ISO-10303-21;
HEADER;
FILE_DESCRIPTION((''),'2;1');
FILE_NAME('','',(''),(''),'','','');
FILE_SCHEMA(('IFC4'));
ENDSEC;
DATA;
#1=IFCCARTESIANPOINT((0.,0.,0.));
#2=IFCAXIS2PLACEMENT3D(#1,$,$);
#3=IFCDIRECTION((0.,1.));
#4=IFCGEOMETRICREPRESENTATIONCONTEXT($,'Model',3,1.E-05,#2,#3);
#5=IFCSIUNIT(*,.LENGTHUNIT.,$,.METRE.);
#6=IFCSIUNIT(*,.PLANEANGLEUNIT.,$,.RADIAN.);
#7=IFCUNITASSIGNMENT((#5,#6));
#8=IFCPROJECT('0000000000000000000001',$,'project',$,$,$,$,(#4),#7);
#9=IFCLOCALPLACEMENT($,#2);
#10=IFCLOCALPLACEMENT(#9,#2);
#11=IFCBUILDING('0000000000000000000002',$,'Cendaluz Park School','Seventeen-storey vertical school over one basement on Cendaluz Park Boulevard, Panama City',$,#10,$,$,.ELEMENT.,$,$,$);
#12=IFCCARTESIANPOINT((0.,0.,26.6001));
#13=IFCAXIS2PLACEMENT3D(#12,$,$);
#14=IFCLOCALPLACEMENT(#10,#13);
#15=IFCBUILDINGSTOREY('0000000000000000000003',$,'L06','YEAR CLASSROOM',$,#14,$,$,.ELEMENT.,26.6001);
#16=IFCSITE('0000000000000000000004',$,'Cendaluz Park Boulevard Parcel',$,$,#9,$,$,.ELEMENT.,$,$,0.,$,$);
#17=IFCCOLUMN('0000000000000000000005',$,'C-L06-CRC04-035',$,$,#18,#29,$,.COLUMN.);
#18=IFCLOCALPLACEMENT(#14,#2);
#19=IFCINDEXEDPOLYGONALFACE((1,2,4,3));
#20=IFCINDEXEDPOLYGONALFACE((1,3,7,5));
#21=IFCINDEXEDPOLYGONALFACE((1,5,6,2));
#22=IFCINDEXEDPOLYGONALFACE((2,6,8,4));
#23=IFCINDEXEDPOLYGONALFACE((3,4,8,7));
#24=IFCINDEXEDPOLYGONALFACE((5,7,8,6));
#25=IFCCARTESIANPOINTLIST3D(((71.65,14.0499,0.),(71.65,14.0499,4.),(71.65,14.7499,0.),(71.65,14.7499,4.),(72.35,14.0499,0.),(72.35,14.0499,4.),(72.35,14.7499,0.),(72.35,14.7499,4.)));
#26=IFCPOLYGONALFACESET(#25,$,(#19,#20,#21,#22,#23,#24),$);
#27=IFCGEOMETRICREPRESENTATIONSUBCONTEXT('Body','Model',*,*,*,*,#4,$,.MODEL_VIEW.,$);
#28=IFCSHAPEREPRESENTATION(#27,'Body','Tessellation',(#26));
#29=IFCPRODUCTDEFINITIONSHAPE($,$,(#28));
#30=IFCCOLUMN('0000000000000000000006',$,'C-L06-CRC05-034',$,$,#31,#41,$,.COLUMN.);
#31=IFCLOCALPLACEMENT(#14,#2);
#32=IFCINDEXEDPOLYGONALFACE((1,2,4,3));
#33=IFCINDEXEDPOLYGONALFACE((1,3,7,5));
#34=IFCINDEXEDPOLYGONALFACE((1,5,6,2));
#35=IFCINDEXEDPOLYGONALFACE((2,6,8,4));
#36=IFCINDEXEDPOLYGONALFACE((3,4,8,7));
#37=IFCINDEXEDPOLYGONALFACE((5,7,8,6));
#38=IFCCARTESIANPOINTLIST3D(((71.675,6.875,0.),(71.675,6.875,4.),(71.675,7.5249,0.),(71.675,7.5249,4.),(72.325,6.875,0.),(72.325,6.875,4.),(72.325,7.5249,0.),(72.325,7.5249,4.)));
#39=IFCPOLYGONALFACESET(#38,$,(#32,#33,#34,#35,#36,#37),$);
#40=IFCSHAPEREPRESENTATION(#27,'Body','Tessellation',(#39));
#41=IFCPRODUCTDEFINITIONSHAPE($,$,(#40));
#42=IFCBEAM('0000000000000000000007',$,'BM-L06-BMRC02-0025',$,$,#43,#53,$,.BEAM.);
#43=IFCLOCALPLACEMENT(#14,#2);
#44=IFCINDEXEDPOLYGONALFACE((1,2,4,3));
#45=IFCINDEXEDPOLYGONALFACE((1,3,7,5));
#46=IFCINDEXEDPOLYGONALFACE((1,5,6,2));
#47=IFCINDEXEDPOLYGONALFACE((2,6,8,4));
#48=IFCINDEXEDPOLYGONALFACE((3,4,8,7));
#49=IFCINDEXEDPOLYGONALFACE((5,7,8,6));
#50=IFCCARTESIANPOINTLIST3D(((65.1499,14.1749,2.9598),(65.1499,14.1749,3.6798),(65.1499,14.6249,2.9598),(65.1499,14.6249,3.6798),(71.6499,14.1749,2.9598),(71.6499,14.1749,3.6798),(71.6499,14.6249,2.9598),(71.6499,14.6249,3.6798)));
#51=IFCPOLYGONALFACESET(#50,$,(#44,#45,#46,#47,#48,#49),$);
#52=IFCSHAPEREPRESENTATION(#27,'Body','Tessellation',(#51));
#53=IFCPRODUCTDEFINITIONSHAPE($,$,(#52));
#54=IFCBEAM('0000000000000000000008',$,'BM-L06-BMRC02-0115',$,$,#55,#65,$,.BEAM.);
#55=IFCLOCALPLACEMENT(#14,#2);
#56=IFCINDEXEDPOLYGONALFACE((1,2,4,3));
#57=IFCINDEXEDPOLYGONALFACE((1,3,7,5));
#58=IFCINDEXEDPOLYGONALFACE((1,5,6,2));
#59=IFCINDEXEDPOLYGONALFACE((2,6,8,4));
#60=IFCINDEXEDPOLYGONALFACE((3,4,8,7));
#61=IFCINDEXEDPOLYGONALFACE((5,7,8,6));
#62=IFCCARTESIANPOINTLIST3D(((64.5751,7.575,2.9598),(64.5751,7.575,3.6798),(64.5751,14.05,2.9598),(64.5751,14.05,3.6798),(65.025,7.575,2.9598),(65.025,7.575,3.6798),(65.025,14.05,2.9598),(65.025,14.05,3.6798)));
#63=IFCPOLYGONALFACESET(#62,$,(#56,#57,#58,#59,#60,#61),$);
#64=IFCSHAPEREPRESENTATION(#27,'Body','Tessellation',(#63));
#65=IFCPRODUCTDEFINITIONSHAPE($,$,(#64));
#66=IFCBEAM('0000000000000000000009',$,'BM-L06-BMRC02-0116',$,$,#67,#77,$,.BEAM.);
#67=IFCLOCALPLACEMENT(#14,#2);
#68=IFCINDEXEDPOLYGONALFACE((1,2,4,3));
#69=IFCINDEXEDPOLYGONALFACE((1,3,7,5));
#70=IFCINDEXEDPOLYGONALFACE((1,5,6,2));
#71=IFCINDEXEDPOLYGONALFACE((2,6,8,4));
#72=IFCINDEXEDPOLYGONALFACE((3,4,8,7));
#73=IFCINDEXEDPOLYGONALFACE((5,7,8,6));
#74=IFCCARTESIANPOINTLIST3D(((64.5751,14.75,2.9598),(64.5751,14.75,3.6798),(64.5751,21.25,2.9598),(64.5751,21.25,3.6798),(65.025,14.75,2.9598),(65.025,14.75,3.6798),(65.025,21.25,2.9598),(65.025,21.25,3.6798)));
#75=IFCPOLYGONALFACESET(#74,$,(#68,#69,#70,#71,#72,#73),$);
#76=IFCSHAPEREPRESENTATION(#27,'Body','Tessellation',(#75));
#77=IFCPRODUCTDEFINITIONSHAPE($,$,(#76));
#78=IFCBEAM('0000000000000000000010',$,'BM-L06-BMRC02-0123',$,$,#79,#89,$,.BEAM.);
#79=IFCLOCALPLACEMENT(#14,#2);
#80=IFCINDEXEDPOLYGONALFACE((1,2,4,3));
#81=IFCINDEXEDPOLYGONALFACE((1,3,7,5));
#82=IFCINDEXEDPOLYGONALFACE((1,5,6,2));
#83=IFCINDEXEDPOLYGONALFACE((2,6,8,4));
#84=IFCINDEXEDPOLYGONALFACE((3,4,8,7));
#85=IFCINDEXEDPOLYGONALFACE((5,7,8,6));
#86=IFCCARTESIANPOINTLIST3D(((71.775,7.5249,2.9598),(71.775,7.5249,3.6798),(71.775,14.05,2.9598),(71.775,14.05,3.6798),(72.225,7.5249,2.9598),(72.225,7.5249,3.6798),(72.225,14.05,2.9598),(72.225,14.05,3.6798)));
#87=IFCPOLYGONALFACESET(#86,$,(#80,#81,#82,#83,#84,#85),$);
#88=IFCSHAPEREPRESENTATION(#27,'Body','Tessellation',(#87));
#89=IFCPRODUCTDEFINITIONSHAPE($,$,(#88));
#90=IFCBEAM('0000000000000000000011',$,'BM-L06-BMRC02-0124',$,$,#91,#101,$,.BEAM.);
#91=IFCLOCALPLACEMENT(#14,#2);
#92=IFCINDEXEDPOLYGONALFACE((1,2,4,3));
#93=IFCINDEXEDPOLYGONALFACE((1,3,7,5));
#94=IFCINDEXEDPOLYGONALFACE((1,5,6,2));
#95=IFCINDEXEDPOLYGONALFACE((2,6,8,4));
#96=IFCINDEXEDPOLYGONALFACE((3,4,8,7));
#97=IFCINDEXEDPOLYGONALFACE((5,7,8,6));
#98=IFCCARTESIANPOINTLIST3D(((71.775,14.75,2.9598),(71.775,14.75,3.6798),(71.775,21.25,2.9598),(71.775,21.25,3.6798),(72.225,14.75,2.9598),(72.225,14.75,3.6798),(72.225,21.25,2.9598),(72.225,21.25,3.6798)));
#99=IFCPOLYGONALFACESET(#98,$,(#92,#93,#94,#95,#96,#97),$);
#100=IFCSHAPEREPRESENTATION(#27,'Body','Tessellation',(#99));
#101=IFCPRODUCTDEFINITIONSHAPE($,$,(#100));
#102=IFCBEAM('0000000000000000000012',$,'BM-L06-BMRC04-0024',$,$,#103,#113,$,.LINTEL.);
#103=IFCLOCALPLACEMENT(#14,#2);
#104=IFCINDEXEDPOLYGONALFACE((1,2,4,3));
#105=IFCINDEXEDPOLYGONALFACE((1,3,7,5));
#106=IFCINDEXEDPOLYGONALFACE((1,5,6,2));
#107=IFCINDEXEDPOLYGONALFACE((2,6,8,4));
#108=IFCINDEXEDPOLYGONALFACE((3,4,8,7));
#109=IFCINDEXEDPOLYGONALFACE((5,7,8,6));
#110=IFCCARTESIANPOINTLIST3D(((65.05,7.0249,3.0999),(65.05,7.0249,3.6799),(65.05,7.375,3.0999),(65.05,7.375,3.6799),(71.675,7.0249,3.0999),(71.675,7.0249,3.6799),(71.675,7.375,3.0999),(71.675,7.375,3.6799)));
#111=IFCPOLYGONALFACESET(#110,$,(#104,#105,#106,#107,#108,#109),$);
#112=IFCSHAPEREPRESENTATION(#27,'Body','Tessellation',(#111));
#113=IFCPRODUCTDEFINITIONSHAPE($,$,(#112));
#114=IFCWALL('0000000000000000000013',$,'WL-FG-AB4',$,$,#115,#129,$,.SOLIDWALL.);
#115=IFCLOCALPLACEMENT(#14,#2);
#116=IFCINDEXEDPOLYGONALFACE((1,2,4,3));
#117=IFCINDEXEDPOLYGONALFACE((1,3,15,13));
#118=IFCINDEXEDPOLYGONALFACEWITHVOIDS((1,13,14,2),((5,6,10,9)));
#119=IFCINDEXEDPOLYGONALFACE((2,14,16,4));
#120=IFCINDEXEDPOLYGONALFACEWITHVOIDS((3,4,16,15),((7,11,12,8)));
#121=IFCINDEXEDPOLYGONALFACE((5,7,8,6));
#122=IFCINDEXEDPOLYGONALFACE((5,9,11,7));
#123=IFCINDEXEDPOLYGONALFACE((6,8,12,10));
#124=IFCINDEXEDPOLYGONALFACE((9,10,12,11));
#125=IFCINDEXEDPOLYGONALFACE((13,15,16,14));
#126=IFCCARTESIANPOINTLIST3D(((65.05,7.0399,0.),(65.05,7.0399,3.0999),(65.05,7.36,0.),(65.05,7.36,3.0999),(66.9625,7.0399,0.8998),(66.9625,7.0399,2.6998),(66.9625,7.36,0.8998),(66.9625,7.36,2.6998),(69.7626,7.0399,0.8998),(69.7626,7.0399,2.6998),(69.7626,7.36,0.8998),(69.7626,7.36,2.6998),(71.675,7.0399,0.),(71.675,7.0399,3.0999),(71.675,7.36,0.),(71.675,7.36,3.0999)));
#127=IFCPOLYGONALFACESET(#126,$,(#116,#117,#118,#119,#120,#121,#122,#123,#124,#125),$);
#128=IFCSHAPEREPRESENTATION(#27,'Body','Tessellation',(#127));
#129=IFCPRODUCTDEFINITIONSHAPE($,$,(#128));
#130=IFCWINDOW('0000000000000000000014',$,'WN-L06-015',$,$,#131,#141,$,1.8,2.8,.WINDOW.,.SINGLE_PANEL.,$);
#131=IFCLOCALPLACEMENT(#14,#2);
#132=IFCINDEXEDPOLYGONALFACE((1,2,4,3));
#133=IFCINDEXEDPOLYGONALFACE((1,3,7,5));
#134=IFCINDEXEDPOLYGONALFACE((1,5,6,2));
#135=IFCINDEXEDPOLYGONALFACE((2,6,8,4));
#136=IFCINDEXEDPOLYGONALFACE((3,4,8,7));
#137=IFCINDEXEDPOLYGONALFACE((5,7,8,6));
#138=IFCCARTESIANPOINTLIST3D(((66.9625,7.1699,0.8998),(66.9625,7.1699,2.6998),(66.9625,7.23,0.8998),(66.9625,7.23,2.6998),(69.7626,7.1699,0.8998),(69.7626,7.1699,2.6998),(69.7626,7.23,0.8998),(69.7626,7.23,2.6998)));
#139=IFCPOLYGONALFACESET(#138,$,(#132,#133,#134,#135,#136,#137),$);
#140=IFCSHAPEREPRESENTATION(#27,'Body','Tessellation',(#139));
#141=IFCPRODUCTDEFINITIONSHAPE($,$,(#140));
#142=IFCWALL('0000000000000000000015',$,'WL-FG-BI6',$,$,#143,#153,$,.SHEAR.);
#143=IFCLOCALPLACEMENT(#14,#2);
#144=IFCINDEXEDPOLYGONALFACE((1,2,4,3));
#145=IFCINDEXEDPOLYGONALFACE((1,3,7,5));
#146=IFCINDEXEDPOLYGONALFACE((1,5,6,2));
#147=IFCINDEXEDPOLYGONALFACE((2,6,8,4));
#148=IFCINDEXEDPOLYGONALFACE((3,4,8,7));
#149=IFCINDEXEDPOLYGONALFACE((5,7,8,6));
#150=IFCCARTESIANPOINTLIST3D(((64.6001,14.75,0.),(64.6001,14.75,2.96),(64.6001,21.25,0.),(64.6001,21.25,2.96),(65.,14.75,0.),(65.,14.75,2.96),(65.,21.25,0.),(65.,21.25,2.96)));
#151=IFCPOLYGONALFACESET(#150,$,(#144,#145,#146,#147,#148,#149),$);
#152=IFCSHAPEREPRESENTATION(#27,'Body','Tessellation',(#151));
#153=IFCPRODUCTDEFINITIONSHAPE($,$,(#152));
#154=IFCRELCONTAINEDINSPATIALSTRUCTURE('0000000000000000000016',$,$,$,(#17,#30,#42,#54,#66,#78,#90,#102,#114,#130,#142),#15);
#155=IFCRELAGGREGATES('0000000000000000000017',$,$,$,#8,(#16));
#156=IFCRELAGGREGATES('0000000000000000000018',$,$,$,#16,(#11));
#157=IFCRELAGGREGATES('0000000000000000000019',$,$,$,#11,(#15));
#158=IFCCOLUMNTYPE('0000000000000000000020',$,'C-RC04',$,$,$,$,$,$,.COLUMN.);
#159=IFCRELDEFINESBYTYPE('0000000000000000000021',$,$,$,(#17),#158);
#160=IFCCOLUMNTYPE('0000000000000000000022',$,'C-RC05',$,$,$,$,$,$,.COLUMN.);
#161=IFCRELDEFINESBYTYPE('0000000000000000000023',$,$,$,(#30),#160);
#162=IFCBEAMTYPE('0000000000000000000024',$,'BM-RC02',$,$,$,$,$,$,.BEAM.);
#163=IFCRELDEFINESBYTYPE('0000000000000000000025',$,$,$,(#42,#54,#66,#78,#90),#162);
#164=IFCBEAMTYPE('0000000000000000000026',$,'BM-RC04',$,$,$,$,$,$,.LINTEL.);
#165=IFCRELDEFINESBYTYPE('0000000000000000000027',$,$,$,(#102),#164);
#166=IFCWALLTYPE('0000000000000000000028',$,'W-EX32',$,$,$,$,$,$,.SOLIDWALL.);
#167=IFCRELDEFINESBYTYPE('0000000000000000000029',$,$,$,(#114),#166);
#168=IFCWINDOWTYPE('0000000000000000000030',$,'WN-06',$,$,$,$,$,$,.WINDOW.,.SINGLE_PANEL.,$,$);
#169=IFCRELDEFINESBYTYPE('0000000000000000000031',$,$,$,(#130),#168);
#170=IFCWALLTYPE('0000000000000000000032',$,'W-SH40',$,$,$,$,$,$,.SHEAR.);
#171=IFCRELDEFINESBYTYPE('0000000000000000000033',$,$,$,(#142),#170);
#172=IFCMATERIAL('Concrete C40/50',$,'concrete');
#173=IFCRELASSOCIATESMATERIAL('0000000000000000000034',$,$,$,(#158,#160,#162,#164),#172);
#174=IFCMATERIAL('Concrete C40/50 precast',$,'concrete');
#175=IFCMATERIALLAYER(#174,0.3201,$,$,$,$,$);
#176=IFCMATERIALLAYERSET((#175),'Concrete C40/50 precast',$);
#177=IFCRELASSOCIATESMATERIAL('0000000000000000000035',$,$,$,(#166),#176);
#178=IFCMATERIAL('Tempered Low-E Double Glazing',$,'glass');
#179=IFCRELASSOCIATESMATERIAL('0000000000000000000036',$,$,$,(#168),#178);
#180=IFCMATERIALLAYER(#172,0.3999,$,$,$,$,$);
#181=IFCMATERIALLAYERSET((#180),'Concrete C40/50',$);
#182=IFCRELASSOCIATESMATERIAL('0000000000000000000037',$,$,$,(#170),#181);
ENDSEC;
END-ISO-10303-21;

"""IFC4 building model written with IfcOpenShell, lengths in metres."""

from ifc_helpers import new_model, si_unit, direction, frame, frame_2d, origin, origin_2d, place, context, subcontext, project, spatial, rectangle, extrude, material, layer, layer_set, material_profile, profile_set, type_object, element, fill, save


model = new_model("IFC4")

# Units and contexts
model_context = context("Model", 3, precision=1e-05, world=origin(), true_north=direction((0.0, 1.0)))
body_context = subcontext(model_context, "Body", "Model", "MODEL_VIEW")
ifc_project = project(units=[si_unit("LENGTHUNIT", "METRE"), si_unit("PLANEANGLEUNIT", "RADIAN")], contexts=[model_context])

# Site, building, storey
site_placement = place(None, origin())
site = spatial("IfcSite", under=ifc_project, at=site_placement, Name="Cendaluz Park Boulevard Parcel", CompositionType="ELEMENT", RefElevation=0.0)
building_placement = place(site_placement, origin())
building = spatial("IfcBuilding", under=site, at=building_placement, Name="Cendaluz Park School", Description="Seventeen-storey vertical school over one basement on Cendaluz Park Boulevard, Panama City", CompositionType="ELEMENT")
storey_placement = place(building_placement, frame((0.0, 0.0, 26.6001)))
storey = spatial("IfcBuildingStorey", under=building, at=storey_placement, Name="L06", Description="YEAR CLASSROOM", CompositionType="ELEMENT", Elevation=26.6001)

# Columns
ifc_material_1 = material(Name="Concrete C40/50", Category="concrete")
ifc_material_profile_1 = material_profile(ifc_material_1, rectangle(XDim=0.7, YDim=0.7, at=origin_2d()), Name="RC 700x700", Category="concrete")
ifc_profile_set_1 = profile_set([ifc_material_profile_1], Name="Concrete C40/50")
column_type_1 = type_object("IfcColumnType", Name="C-RC04", PredefinedType="COLUMN", material=ifc_profile_set_1)
column_1_placement = place(storey_placement, frame((72.0, 14.3999, 0.0), z_axis=(0.0, 0.0, 1.0), x_axis=(1.0, 0.0, 0.0)))
element("IfcColumn", 1, at=column_1_placement, inside=storey, type_object=column_type_1, Name="C-L06-CRC04-035", PredefinedType="COLUMN", context=body_context, shape_type="SweptSolid", body=[
    extrude(rectangle(XDim=0.7, YDim=0.7, at=origin_2d()), origin(), (0.0, 0.0, 1.0), 4.0),
])
ifc_material_profile_2 = material_profile(ifc_material_1, rectangle(XDim=0.6499, YDim=0.6499, at=origin_2d()), Name="RC 650x650", Category="concrete")
ifc_profile_set_2 = profile_set([ifc_material_profile_2], Name="Concrete C40/50")
column_type_2 = type_object("IfcColumnType", Name="C-RC05", PredefinedType="COLUMN", material=ifc_profile_set_2)
column_2_placement = place(storey_placement, frame((72.0, 7.2, 0.0), z_axis=(0.0, 0.0, 1.0), x_axis=(1.0, 0.0, 0.0)))
element("IfcColumn", 2, at=column_2_placement, inside=storey, type_object=column_type_2, Name="C-L06-CRC05-034", PredefinedType="COLUMN", context=body_context, shape_type="SweptSolid", body=[
    extrude(rectangle(XDim=0.6499, YDim=0.6499, at=origin_2d()), origin(), (0.0, 0.0, 1.0), 4.0),
])

# Beams
ifc_material_profile_3 = material_profile(ifc_material_1, rectangle(XDim=0.45, YDim=0.72, at=origin_2d()), Name="RC 450x720", Category="concrete")
ifc_profile_set_3 = profile_set([ifc_material_profile_3], Name="Concrete C40/50")
beam_type_1 = type_object("IfcBeamType", Name="BM-RC02", PredefinedType="BEAM", material=ifc_profile_set_3)
beam_1_placement = place(storey_placement, frame((65.1499, 14.3999, 3.3198), z_axis=(1.0, 0.0, 0.0), x_axis=(0.0, 1.0, 0.0)))
element("IfcBeam", 3, at=beam_1_placement, inside=storey, type_object=beam_type_1, Name="BM-L06-BMRC02-0025", PredefinedType="BEAM", context=body_context, shape_type="SweptSolid", body=[
    extrude(rectangle(XDim=0.45, YDim=0.72, at=origin_2d()), origin(), (0.0, 0.0, 1.0), 6.5),
])
beam_2_placement = place(storey_placement, frame((64.8, 7.575, 3.3198), z_axis=(0.0, 1.0, 0.0), x_axis=(-1.0, 0.0, 0.0)))
element("IfcBeam", 4, at=beam_2_placement, inside=storey, type_object=beam_type_1, Name="BM-L06-BMRC02-0115", PredefinedType="BEAM", context=body_context, shape_type="SweptSolid", body=[
    extrude(rectangle(XDim=0.45, YDim=0.72, at=origin_2d()), origin(), (0.0, 0.0, 1.0), 6.4751),
])
beam_3_placement = place(storey_placement, frame((64.8, 14.75, 3.3198), z_axis=(0.0, 1.0, 0.0), x_axis=(-1.0, 0.0, 0.0)))
element("IfcBeam", 5, at=beam_3_placement, inside=storey, type_object=beam_type_1, Name="BM-L06-BMRC02-0116", PredefinedType="BEAM", context=body_context, shape_type="SweptSolid", body=[
    extrude(rectangle(XDim=0.45, YDim=0.72, at=origin_2d()), origin(), (0.0, 0.0, 1.0), 6.5),
])
beam_4_placement = place(storey_placement, frame((72.0, 7.5249, 3.3198), z_axis=(0.0, 1.0, 0.0), x_axis=(-1.0, 0.0, 0.0)))
element("IfcBeam", 6, at=beam_4_placement, inside=storey, type_object=beam_type_1, Name="BM-L06-BMRC02-0123", PredefinedType="BEAM", context=body_context, shape_type="SweptSolid", body=[
    extrude(rectangle(XDim=0.45, YDim=0.72, at=origin_2d()), origin(), (0.0, 0.0, 1.0), 6.5251),
])
beam_5_placement = place(storey_placement, frame((72.0, 14.75, 3.3198), z_axis=(0.0, 1.0, 0.0), x_axis=(-1.0, 0.0, 0.0)))
element("IfcBeam", 7, at=beam_5_placement, inside=storey, type_object=beam_type_1, Name="BM-L06-BMRC02-0124", PredefinedType="BEAM", context=body_context, shape_type="SweptSolid", body=[
    extrude(rectangle(XDim=0.45, YDim=0.72, at=origin_2d()), origin(), (0.0, 0.0, 1.0), 6.5),
])
ifc_material_profile_4 = material_profile(ifc_material_1, rectangle(XDim=0.3501, YDim=0.5801, at=origin_2d()), Name="RC 350x580", Category="concrete")
ifc_profile_set_4 = profile_set([ifc_material_profile_4], Name="Concrete C40/50")
beam_type_2 = type_object("IfcBeamType", Name="BM-RC04", PredefinedType="LINTEL", material=ifc_profile_set_4)
beam_6_placement = place(storey_placement, frame((65.05, 7.2, 3.3899), z_axis=(1.0, 0.0, 0.0), x_axis=(0.0, 1.0, 0.0)))
element("IfcBeam", 8, at=beam_6_placement, inside=storey, type_object=beam_type_2, Name="BM-L06-BMRC04-0024", PredefinedType="LINTEL", context=body_context, shape_type="SweptSolid", body=[
    extrude(rectangle(XDim=0.3501, YDim=0.5801, at=origin_2d()), origin(), (0.0, 0.0, 1.0), 6.625),
])

# Wall, opening, window
ifc_material_2 = material(Name="Concrete C40/50 precast", Category="concrete")
ifc_layer_1 = layer(ifc_material_2, 0.3201)
ifc_layer_set_1 = layer_set([ifc_layer_1], Name="Concrete C40/50 precast")
wall_type_1 = type_object("IfcWallType", Name="W-EX32", PredefinedType="SOLIDWALL", material=ifc_layer_set_1)
wall_1_placement = place(storey_placement, frame((65.05, 7.2, 0.0), z_axis=(0.0, 0.0, 1.0), x_axis=(1.0, 0.0, 0.0)))
wall_1 = element("IfcWall", 9, at=wall_1_placement, inside=storey, type_object=wall_type_1, Name="WL-FG-AB4", PredefinedType="SOLIDWALL", context=body_context, shape_type="SweptSolid", body=[
    extrude(rectangle(XDim=6.625, YDim=0.3201, at=frame_2d((3.3125, 0.0))), origin(), (0.0, 0.0, 1.0), 3.0999),
])
opening_1_placement = place(wall_1_placement, frame((1.9126, 0.0, 0.8999)))
opening_1 = element("IfcOpeningElement", 10, at=opening_1_placement, cuts=wall_1, PredefinedType="OPENING", context=body_context, shape_type="SweptSolid", body=[
    extrude(rectangle(XDim=2.8, YDim=1.8, at=frame_2d((1.3999, 0.8999))), frame((0.0, 0.1721, 0.0), z_axis=(0.0, -1.0, 0.0), x_axis=(1.0, 0.0, 0.0)), (0.0, 0.0, 1.0), 0.344),
])
ifc_material_3 = material(Name="Tempered Low-E Double Glazing", Category="glass")
window_type = type_object("IfcWindowType", Name="WN-06", PartitioningType="SINGLE_PANEL", PredefinedType="WINDOW", material=ifc_material_3)
window_placement = place(opening_1_placement, origin())
window = element("IfcWindow", 11, at=window_placement, inside=storey, type_object=window_type, Name="WN-L06-015", OverallHeight=1.8, OverallWidth=2.8, PartitioningType="SINGLE_PANEL", PredefinedType="WINDOW", context=body_context, shape_type="SweptSolid", body=[
    extrude(rectangle(XDim=2.8, YDim=1.8, at=frame_2d((1.3999, 0.8999))), frame((0.0, 0.03, 0.0), z_axis=(0.0, -1.0, 0.0), x_axis=(1.0, 0.0, 0.0)), (0.0, 0.0, 1.0), 0.0601),
])
fill(opening_1, window)

# Wall
ifc_layer_2 = layer(ifc_material_1, 0.3999)
ifc_layer_set_2 = layer_set([ifc_layer_2], Name="Concrete C40/50")
wall_type_2 = type_object("IfcWallType", Name="W-SH40", PredefinedType="SHEAR", material=ifc_layer_set_2)
wall_2_placement = place(storey_placement, frame((64.8, 14.75, 0.0), z_axis=(0.0, 0.0, 1.0), x_axis=(0.0, 1.0, 0.0)))
element("IfcWall", 12, at=wall_2_placement, inside=storey, type_object=wall_type_2, Name="WL-FG-BI6", PredefinedType="SHEAR", context=body_context, shape_type="SweptSolid", body=[
    extrude(rectangle(XDim=6.5, YDim=0.3999, at=frame_2d((3.25, 0.0))), origin(), (0.0, 0.0, 1.0), 2.96),
])

save(model, "model.ifc")
